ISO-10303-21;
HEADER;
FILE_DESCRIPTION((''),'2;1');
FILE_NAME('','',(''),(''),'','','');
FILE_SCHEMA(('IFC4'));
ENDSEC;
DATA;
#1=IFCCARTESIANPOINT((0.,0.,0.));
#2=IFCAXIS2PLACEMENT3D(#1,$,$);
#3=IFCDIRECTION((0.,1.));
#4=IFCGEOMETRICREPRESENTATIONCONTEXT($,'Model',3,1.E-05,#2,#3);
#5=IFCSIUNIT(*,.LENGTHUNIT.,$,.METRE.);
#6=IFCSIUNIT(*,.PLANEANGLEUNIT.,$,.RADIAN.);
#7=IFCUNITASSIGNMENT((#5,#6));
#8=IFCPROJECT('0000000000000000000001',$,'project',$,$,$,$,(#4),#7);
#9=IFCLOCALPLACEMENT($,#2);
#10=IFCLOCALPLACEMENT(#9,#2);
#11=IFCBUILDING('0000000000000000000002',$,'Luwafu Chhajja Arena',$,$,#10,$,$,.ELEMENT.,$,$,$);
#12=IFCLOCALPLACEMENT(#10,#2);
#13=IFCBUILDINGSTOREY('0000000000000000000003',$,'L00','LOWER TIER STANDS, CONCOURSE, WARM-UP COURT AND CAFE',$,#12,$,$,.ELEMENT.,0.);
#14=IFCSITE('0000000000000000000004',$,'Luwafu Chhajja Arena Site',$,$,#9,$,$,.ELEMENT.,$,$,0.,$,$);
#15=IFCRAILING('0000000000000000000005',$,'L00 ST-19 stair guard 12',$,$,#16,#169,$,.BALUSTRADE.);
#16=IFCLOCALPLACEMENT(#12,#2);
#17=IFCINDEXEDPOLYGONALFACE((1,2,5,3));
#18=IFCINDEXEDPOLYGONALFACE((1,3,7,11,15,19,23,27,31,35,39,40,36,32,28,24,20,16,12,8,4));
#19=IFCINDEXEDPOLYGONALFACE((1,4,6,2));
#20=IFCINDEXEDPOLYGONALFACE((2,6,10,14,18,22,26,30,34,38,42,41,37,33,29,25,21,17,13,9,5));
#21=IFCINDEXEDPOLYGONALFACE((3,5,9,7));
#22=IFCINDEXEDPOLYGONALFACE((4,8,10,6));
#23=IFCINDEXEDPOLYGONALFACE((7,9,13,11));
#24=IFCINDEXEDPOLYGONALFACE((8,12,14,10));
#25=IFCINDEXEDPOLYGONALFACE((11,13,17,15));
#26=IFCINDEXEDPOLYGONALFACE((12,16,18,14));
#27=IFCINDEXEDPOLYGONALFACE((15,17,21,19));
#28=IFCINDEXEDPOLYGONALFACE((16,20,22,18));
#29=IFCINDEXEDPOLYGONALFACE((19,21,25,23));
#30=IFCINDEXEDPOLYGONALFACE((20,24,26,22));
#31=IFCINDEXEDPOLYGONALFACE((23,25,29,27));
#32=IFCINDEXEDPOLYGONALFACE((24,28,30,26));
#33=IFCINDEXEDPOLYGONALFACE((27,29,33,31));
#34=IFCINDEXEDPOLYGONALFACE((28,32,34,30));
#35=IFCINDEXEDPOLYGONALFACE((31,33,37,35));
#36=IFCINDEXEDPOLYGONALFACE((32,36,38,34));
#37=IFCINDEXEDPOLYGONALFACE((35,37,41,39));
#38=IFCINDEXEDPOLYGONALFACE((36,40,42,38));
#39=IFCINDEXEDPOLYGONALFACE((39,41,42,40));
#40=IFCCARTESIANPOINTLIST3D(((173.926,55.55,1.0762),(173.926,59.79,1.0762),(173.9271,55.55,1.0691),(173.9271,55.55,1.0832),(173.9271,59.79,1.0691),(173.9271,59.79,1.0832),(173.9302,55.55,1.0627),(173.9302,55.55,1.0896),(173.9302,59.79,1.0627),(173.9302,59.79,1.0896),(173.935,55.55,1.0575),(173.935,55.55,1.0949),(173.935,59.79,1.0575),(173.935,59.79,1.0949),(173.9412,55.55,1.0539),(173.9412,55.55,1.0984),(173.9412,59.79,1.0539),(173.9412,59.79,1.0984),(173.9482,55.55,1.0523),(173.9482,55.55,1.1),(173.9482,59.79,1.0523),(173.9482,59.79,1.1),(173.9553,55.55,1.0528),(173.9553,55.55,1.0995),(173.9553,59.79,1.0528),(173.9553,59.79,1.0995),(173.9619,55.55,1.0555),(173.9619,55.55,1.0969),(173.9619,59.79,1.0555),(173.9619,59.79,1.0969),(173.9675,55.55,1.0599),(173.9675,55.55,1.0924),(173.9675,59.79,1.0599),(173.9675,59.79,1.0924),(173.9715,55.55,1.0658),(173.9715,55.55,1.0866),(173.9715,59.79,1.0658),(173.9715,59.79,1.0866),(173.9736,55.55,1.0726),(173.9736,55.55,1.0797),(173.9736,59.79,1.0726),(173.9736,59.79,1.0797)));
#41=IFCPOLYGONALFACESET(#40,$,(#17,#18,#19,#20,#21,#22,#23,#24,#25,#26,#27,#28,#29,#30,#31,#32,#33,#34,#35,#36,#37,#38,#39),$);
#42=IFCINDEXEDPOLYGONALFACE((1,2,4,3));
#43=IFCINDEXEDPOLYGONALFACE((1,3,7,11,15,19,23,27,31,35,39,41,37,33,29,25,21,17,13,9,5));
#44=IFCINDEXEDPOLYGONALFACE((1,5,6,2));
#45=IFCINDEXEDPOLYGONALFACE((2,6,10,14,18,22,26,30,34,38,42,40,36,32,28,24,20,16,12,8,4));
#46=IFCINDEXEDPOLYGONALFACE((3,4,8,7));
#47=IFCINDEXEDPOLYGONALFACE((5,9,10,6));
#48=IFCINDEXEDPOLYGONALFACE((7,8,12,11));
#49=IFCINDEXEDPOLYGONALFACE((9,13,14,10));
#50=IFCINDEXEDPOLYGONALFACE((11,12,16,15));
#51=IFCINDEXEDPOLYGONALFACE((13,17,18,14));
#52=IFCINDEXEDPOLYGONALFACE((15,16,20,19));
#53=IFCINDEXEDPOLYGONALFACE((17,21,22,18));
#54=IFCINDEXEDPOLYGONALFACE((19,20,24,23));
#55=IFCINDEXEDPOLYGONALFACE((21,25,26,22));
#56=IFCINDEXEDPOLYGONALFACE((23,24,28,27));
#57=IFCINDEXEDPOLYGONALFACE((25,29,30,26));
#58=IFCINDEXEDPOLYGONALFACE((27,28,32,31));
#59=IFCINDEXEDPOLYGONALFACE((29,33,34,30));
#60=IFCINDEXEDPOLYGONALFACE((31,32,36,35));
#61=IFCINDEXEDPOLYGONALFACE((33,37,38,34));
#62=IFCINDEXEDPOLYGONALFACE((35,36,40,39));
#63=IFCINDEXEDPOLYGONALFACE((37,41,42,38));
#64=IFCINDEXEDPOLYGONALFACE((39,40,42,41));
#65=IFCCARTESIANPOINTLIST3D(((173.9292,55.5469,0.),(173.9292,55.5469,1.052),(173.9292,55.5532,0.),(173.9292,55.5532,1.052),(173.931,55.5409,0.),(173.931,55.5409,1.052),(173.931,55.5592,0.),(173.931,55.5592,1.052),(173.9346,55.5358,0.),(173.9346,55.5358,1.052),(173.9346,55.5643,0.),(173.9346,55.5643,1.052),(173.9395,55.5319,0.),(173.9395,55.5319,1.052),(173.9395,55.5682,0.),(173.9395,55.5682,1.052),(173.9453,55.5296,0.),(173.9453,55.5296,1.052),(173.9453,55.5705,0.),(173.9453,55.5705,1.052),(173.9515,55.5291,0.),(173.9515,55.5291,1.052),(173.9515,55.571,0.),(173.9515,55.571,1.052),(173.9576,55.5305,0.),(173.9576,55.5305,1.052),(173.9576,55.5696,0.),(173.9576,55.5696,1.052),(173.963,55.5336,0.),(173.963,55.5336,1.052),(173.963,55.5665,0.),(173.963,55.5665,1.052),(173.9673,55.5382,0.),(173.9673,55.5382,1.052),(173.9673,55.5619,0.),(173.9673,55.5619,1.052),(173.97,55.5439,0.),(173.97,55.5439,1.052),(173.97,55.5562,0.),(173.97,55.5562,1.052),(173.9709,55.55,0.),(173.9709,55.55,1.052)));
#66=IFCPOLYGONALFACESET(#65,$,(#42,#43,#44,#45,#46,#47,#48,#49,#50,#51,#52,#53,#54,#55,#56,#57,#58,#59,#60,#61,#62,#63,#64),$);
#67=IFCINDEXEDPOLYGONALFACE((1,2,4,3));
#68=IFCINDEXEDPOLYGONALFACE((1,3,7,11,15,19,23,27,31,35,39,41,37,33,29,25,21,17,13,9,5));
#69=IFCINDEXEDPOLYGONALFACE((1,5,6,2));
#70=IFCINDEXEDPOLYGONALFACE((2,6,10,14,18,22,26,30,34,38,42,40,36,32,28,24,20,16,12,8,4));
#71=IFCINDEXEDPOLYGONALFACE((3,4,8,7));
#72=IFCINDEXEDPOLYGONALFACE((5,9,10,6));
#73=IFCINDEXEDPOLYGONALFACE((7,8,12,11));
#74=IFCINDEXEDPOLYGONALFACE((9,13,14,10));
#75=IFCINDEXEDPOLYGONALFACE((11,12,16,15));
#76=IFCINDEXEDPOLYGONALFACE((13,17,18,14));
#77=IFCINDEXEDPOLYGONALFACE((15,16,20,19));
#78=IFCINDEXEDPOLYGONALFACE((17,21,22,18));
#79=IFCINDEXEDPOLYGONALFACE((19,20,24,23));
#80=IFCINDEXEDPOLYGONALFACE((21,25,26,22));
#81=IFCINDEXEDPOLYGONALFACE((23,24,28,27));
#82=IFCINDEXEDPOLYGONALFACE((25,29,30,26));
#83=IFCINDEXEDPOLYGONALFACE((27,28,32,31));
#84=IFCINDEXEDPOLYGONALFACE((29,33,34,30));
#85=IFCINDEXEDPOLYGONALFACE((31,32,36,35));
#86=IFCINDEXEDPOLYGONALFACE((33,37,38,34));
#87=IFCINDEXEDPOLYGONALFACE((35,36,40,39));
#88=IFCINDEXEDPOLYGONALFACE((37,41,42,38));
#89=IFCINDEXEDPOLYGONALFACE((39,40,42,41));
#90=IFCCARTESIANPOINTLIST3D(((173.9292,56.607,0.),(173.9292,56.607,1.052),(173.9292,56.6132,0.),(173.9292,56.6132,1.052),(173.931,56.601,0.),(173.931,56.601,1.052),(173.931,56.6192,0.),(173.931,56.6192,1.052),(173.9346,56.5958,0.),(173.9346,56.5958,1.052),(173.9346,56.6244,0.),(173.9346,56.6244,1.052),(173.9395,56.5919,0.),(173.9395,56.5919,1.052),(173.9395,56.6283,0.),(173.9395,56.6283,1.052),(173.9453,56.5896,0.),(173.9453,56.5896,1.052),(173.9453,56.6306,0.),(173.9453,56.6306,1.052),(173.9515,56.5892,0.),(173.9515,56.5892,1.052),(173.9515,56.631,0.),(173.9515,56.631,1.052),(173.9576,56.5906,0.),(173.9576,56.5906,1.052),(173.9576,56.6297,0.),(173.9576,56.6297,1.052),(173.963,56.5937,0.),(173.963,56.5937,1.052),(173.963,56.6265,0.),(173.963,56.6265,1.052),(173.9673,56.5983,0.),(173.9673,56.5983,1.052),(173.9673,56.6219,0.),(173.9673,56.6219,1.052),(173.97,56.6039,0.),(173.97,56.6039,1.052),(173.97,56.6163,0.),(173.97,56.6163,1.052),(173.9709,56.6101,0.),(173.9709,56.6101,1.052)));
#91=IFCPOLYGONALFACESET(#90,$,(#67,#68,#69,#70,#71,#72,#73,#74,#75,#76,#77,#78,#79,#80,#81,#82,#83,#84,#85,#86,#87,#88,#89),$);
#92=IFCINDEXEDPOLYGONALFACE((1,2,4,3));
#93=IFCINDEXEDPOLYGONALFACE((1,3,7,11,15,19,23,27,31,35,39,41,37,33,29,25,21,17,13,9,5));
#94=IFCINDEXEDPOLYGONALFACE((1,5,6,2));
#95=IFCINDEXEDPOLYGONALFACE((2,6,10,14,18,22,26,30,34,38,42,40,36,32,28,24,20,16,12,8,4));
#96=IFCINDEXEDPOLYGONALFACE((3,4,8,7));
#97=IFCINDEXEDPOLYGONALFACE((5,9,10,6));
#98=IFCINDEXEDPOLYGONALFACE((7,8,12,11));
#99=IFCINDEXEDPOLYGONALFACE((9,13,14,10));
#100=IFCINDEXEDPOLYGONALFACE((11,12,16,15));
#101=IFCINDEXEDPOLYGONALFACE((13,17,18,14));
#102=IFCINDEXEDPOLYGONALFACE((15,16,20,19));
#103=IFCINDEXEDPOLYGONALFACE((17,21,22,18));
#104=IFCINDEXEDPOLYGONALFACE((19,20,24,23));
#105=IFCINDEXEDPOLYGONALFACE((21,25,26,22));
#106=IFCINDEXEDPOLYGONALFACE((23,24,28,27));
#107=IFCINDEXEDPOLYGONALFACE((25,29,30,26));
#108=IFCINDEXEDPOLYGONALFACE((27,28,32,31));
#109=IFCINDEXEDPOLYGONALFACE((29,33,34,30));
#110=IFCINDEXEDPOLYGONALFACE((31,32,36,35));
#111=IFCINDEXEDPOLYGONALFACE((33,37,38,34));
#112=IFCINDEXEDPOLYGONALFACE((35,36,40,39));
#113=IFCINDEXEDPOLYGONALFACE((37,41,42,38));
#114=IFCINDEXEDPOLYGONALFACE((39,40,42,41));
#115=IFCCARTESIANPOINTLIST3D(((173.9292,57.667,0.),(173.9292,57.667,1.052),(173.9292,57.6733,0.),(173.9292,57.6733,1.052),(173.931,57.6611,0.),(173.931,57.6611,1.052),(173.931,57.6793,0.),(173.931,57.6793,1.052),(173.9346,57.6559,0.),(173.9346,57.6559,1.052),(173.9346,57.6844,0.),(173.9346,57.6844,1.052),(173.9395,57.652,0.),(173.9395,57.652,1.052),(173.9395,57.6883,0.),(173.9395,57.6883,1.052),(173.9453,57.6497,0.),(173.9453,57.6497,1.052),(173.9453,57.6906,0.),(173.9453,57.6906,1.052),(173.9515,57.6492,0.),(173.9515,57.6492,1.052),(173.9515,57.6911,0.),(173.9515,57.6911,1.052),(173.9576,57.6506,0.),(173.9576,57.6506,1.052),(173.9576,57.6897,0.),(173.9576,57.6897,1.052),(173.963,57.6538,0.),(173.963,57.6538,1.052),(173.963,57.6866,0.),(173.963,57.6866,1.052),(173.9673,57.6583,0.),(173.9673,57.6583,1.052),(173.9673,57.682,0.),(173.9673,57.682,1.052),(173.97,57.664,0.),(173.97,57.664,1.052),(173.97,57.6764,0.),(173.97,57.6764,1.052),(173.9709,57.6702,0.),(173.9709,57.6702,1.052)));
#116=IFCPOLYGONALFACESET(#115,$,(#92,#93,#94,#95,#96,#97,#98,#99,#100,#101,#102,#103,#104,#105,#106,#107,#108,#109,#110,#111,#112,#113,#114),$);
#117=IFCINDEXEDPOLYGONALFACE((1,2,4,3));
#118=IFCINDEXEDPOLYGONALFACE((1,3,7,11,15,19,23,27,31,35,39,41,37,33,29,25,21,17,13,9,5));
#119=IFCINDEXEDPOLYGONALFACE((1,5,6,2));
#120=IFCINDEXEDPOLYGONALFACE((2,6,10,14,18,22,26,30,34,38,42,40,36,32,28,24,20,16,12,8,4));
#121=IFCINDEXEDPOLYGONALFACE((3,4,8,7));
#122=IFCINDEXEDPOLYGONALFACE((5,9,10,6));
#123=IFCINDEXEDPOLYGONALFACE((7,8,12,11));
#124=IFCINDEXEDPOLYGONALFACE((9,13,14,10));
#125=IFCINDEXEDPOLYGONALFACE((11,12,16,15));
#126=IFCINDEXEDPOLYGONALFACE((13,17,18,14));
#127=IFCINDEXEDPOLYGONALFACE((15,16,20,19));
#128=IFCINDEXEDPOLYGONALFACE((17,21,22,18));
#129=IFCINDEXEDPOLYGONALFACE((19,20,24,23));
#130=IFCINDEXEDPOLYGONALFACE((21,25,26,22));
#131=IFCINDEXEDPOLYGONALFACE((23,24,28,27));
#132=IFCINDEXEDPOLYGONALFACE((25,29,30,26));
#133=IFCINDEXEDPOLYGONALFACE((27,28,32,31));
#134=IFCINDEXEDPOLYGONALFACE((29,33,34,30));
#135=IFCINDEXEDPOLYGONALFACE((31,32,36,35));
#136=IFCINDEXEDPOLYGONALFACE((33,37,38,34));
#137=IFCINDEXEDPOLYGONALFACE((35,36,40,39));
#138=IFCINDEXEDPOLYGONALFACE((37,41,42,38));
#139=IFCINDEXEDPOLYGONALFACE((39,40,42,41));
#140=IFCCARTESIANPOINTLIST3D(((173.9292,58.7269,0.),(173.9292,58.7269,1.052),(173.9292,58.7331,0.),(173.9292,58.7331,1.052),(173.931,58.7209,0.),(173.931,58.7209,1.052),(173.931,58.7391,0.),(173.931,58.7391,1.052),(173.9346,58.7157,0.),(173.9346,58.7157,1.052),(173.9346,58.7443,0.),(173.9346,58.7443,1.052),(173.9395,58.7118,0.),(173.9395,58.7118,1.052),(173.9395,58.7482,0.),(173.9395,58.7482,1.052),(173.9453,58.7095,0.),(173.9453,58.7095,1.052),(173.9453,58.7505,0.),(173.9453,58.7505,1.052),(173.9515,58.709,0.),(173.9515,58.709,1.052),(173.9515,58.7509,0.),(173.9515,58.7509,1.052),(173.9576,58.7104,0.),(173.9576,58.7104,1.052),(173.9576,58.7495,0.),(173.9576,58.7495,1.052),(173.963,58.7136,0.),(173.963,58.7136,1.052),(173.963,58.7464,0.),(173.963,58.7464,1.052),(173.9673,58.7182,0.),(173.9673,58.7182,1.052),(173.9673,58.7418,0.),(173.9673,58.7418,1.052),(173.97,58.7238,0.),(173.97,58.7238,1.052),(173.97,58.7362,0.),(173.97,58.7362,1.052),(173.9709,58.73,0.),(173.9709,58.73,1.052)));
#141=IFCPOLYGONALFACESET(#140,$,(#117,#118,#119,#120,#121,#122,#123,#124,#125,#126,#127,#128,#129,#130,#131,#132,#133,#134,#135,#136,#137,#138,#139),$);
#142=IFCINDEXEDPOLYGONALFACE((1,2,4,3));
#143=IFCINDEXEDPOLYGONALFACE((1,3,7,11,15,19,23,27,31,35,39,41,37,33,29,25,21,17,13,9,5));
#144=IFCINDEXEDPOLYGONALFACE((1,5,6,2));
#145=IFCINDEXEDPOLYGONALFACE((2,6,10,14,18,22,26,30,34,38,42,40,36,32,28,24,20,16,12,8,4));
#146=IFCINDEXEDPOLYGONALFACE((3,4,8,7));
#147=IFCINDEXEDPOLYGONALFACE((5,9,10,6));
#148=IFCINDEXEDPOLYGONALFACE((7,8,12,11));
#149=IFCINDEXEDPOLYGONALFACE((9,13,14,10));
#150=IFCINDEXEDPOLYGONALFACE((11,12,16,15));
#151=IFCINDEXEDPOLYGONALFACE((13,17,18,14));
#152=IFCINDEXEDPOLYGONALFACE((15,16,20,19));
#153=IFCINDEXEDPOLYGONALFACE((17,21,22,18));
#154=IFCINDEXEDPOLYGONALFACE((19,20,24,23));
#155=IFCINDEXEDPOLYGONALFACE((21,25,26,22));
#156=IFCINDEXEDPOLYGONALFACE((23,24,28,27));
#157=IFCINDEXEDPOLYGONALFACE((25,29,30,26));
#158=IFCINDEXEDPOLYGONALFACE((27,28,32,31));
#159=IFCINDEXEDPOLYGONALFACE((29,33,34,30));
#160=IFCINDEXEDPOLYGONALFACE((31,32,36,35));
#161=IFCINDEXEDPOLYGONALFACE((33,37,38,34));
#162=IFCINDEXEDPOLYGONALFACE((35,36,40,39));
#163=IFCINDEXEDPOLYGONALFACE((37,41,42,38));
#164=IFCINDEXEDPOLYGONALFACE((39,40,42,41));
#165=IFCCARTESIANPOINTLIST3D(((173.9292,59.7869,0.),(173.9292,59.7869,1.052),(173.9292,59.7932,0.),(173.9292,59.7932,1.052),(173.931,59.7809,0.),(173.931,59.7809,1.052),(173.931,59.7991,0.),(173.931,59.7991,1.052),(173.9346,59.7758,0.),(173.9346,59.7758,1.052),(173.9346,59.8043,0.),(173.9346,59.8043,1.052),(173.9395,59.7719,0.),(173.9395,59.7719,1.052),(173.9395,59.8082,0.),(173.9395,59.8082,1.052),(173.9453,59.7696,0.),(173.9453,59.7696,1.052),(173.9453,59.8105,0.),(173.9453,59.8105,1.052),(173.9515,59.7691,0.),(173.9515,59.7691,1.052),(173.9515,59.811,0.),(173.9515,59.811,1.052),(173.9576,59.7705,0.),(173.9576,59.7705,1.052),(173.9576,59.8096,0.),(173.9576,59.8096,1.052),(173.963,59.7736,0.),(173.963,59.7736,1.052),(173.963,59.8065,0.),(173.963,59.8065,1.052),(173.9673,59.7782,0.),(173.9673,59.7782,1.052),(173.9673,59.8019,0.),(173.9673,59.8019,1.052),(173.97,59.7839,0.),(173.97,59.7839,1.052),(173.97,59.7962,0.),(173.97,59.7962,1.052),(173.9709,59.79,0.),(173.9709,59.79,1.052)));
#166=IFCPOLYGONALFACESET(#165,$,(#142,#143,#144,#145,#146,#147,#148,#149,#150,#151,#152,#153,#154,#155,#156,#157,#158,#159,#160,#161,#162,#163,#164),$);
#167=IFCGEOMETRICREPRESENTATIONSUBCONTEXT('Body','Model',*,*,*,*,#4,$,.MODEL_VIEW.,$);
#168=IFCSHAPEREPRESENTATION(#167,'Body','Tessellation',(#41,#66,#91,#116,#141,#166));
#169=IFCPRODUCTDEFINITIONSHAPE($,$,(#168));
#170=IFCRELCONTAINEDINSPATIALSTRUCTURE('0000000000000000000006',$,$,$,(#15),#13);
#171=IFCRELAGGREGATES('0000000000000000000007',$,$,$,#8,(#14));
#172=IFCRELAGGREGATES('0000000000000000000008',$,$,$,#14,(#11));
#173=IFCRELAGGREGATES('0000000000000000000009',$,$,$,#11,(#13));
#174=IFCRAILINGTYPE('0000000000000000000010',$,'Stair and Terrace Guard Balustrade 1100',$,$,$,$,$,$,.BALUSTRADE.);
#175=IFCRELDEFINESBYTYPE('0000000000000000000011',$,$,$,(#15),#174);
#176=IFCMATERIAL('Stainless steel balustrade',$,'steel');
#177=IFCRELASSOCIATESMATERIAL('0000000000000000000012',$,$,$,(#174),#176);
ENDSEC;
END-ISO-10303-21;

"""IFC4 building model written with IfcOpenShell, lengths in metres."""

from ifc_helpers import new_model, si_unit, direction, frame, origin, origin_2d, place, context, subcontext, project, spatial, circle, extrude, material, type_object, element, save


model = new_model("IFC4")

# Units and contexts
model_context = context("Model", 3, precision=1e-05, world=origin(), true_north=direction((0.0, 1.0)))
body_context = subcontext(model_context, "Body", "Model", "MODEL_VIEW")
ifc_project = project(units=[si_unit("LENGTHUNIT", "METRE"), si_unit("PLANEANGLEUNIT", "RADIAN")], contexts=[model_context])

# Site, building, storey
site_placement = place(None, origin())
site = spatial("IfcSite", under=ifc_project, at=site_placement, Name="Luwafu Chhajja Arena Site", CompositionType="ELEMENT", RefElevation=0.0)
building_placement = place(site_placement, origin())
building = spatial("IfcBuilding", under=site, at=building_placement, Name="Luwafu Chhajja Arena", CompositionType="ELEMENT")
storey_placement = place(building_placement, origin())
storey = spatial("IfcBuildingStorey", under=building, at=storey_placement, Name="L00", Description="LOWER TIER STANDS, CONCOURSE, WARM-UP COURT AND CAFE", CompositionType="ELEMENT", Elevation=0.0)

# Railing
ifc_material_1 = material(Name="Stainless steel balustrade", Category="steel")
railing_type_1 = type_object("IfcRailingType", Name="Stair and Terrace Guard Balustrade 1100", PredefinedType="BALUSTRADE", material=ifc_material_1)
railing_1_placement = place(storey_placement, frame((173.95, 55.55, 0.0)))
element("IfcRailing", 1, at=railing_1_placement, inside=storey, type_object=railing_type_1, Name="L00 ST-19 stair guard 12", PredefinedType="BALUSTRADE", context=body_context, shape_type="SweptSolid", body=[
    extrude(circle(Radius=0.0239, at=origin_2d()), frame((0.0, 0.0, 1.0762), z_axis=(0.0, 1.0, 0.0), x_axis=(-1.0, 0.0, 0.0)), (0.0, 0.0, 1.0), 4.24),
    extrude(circle(Radius=0.021, at=origin_2d()), origin(), (0.0, 0.0, 1.0), 1.052),
    extrude(circle(Radius=0.021, at=origin_2d()), frame((0.0, 1.0601, 0.0)), (0.0, 0.0, 1.0), 1.052),
    extrude(circle(Radius=0.021, at=origin_2d()), frame((0.0, 2.1201, 0.0)), (0.0, 0.0, 1.0), 1.052),
    extrude(circle(Radius=0.021, at=origin_2d()), frame((0.0, 3.1799, 0.0)), (0.0, 0.0, 1.0), 1.052),
    extrude(circle(Radius=0.021, at=origin_2d()), frame((0.0, 4.24, 0.0)), (0.0, 0.0, 1.0), 1.052),
])

save(model, "model.ifc")
